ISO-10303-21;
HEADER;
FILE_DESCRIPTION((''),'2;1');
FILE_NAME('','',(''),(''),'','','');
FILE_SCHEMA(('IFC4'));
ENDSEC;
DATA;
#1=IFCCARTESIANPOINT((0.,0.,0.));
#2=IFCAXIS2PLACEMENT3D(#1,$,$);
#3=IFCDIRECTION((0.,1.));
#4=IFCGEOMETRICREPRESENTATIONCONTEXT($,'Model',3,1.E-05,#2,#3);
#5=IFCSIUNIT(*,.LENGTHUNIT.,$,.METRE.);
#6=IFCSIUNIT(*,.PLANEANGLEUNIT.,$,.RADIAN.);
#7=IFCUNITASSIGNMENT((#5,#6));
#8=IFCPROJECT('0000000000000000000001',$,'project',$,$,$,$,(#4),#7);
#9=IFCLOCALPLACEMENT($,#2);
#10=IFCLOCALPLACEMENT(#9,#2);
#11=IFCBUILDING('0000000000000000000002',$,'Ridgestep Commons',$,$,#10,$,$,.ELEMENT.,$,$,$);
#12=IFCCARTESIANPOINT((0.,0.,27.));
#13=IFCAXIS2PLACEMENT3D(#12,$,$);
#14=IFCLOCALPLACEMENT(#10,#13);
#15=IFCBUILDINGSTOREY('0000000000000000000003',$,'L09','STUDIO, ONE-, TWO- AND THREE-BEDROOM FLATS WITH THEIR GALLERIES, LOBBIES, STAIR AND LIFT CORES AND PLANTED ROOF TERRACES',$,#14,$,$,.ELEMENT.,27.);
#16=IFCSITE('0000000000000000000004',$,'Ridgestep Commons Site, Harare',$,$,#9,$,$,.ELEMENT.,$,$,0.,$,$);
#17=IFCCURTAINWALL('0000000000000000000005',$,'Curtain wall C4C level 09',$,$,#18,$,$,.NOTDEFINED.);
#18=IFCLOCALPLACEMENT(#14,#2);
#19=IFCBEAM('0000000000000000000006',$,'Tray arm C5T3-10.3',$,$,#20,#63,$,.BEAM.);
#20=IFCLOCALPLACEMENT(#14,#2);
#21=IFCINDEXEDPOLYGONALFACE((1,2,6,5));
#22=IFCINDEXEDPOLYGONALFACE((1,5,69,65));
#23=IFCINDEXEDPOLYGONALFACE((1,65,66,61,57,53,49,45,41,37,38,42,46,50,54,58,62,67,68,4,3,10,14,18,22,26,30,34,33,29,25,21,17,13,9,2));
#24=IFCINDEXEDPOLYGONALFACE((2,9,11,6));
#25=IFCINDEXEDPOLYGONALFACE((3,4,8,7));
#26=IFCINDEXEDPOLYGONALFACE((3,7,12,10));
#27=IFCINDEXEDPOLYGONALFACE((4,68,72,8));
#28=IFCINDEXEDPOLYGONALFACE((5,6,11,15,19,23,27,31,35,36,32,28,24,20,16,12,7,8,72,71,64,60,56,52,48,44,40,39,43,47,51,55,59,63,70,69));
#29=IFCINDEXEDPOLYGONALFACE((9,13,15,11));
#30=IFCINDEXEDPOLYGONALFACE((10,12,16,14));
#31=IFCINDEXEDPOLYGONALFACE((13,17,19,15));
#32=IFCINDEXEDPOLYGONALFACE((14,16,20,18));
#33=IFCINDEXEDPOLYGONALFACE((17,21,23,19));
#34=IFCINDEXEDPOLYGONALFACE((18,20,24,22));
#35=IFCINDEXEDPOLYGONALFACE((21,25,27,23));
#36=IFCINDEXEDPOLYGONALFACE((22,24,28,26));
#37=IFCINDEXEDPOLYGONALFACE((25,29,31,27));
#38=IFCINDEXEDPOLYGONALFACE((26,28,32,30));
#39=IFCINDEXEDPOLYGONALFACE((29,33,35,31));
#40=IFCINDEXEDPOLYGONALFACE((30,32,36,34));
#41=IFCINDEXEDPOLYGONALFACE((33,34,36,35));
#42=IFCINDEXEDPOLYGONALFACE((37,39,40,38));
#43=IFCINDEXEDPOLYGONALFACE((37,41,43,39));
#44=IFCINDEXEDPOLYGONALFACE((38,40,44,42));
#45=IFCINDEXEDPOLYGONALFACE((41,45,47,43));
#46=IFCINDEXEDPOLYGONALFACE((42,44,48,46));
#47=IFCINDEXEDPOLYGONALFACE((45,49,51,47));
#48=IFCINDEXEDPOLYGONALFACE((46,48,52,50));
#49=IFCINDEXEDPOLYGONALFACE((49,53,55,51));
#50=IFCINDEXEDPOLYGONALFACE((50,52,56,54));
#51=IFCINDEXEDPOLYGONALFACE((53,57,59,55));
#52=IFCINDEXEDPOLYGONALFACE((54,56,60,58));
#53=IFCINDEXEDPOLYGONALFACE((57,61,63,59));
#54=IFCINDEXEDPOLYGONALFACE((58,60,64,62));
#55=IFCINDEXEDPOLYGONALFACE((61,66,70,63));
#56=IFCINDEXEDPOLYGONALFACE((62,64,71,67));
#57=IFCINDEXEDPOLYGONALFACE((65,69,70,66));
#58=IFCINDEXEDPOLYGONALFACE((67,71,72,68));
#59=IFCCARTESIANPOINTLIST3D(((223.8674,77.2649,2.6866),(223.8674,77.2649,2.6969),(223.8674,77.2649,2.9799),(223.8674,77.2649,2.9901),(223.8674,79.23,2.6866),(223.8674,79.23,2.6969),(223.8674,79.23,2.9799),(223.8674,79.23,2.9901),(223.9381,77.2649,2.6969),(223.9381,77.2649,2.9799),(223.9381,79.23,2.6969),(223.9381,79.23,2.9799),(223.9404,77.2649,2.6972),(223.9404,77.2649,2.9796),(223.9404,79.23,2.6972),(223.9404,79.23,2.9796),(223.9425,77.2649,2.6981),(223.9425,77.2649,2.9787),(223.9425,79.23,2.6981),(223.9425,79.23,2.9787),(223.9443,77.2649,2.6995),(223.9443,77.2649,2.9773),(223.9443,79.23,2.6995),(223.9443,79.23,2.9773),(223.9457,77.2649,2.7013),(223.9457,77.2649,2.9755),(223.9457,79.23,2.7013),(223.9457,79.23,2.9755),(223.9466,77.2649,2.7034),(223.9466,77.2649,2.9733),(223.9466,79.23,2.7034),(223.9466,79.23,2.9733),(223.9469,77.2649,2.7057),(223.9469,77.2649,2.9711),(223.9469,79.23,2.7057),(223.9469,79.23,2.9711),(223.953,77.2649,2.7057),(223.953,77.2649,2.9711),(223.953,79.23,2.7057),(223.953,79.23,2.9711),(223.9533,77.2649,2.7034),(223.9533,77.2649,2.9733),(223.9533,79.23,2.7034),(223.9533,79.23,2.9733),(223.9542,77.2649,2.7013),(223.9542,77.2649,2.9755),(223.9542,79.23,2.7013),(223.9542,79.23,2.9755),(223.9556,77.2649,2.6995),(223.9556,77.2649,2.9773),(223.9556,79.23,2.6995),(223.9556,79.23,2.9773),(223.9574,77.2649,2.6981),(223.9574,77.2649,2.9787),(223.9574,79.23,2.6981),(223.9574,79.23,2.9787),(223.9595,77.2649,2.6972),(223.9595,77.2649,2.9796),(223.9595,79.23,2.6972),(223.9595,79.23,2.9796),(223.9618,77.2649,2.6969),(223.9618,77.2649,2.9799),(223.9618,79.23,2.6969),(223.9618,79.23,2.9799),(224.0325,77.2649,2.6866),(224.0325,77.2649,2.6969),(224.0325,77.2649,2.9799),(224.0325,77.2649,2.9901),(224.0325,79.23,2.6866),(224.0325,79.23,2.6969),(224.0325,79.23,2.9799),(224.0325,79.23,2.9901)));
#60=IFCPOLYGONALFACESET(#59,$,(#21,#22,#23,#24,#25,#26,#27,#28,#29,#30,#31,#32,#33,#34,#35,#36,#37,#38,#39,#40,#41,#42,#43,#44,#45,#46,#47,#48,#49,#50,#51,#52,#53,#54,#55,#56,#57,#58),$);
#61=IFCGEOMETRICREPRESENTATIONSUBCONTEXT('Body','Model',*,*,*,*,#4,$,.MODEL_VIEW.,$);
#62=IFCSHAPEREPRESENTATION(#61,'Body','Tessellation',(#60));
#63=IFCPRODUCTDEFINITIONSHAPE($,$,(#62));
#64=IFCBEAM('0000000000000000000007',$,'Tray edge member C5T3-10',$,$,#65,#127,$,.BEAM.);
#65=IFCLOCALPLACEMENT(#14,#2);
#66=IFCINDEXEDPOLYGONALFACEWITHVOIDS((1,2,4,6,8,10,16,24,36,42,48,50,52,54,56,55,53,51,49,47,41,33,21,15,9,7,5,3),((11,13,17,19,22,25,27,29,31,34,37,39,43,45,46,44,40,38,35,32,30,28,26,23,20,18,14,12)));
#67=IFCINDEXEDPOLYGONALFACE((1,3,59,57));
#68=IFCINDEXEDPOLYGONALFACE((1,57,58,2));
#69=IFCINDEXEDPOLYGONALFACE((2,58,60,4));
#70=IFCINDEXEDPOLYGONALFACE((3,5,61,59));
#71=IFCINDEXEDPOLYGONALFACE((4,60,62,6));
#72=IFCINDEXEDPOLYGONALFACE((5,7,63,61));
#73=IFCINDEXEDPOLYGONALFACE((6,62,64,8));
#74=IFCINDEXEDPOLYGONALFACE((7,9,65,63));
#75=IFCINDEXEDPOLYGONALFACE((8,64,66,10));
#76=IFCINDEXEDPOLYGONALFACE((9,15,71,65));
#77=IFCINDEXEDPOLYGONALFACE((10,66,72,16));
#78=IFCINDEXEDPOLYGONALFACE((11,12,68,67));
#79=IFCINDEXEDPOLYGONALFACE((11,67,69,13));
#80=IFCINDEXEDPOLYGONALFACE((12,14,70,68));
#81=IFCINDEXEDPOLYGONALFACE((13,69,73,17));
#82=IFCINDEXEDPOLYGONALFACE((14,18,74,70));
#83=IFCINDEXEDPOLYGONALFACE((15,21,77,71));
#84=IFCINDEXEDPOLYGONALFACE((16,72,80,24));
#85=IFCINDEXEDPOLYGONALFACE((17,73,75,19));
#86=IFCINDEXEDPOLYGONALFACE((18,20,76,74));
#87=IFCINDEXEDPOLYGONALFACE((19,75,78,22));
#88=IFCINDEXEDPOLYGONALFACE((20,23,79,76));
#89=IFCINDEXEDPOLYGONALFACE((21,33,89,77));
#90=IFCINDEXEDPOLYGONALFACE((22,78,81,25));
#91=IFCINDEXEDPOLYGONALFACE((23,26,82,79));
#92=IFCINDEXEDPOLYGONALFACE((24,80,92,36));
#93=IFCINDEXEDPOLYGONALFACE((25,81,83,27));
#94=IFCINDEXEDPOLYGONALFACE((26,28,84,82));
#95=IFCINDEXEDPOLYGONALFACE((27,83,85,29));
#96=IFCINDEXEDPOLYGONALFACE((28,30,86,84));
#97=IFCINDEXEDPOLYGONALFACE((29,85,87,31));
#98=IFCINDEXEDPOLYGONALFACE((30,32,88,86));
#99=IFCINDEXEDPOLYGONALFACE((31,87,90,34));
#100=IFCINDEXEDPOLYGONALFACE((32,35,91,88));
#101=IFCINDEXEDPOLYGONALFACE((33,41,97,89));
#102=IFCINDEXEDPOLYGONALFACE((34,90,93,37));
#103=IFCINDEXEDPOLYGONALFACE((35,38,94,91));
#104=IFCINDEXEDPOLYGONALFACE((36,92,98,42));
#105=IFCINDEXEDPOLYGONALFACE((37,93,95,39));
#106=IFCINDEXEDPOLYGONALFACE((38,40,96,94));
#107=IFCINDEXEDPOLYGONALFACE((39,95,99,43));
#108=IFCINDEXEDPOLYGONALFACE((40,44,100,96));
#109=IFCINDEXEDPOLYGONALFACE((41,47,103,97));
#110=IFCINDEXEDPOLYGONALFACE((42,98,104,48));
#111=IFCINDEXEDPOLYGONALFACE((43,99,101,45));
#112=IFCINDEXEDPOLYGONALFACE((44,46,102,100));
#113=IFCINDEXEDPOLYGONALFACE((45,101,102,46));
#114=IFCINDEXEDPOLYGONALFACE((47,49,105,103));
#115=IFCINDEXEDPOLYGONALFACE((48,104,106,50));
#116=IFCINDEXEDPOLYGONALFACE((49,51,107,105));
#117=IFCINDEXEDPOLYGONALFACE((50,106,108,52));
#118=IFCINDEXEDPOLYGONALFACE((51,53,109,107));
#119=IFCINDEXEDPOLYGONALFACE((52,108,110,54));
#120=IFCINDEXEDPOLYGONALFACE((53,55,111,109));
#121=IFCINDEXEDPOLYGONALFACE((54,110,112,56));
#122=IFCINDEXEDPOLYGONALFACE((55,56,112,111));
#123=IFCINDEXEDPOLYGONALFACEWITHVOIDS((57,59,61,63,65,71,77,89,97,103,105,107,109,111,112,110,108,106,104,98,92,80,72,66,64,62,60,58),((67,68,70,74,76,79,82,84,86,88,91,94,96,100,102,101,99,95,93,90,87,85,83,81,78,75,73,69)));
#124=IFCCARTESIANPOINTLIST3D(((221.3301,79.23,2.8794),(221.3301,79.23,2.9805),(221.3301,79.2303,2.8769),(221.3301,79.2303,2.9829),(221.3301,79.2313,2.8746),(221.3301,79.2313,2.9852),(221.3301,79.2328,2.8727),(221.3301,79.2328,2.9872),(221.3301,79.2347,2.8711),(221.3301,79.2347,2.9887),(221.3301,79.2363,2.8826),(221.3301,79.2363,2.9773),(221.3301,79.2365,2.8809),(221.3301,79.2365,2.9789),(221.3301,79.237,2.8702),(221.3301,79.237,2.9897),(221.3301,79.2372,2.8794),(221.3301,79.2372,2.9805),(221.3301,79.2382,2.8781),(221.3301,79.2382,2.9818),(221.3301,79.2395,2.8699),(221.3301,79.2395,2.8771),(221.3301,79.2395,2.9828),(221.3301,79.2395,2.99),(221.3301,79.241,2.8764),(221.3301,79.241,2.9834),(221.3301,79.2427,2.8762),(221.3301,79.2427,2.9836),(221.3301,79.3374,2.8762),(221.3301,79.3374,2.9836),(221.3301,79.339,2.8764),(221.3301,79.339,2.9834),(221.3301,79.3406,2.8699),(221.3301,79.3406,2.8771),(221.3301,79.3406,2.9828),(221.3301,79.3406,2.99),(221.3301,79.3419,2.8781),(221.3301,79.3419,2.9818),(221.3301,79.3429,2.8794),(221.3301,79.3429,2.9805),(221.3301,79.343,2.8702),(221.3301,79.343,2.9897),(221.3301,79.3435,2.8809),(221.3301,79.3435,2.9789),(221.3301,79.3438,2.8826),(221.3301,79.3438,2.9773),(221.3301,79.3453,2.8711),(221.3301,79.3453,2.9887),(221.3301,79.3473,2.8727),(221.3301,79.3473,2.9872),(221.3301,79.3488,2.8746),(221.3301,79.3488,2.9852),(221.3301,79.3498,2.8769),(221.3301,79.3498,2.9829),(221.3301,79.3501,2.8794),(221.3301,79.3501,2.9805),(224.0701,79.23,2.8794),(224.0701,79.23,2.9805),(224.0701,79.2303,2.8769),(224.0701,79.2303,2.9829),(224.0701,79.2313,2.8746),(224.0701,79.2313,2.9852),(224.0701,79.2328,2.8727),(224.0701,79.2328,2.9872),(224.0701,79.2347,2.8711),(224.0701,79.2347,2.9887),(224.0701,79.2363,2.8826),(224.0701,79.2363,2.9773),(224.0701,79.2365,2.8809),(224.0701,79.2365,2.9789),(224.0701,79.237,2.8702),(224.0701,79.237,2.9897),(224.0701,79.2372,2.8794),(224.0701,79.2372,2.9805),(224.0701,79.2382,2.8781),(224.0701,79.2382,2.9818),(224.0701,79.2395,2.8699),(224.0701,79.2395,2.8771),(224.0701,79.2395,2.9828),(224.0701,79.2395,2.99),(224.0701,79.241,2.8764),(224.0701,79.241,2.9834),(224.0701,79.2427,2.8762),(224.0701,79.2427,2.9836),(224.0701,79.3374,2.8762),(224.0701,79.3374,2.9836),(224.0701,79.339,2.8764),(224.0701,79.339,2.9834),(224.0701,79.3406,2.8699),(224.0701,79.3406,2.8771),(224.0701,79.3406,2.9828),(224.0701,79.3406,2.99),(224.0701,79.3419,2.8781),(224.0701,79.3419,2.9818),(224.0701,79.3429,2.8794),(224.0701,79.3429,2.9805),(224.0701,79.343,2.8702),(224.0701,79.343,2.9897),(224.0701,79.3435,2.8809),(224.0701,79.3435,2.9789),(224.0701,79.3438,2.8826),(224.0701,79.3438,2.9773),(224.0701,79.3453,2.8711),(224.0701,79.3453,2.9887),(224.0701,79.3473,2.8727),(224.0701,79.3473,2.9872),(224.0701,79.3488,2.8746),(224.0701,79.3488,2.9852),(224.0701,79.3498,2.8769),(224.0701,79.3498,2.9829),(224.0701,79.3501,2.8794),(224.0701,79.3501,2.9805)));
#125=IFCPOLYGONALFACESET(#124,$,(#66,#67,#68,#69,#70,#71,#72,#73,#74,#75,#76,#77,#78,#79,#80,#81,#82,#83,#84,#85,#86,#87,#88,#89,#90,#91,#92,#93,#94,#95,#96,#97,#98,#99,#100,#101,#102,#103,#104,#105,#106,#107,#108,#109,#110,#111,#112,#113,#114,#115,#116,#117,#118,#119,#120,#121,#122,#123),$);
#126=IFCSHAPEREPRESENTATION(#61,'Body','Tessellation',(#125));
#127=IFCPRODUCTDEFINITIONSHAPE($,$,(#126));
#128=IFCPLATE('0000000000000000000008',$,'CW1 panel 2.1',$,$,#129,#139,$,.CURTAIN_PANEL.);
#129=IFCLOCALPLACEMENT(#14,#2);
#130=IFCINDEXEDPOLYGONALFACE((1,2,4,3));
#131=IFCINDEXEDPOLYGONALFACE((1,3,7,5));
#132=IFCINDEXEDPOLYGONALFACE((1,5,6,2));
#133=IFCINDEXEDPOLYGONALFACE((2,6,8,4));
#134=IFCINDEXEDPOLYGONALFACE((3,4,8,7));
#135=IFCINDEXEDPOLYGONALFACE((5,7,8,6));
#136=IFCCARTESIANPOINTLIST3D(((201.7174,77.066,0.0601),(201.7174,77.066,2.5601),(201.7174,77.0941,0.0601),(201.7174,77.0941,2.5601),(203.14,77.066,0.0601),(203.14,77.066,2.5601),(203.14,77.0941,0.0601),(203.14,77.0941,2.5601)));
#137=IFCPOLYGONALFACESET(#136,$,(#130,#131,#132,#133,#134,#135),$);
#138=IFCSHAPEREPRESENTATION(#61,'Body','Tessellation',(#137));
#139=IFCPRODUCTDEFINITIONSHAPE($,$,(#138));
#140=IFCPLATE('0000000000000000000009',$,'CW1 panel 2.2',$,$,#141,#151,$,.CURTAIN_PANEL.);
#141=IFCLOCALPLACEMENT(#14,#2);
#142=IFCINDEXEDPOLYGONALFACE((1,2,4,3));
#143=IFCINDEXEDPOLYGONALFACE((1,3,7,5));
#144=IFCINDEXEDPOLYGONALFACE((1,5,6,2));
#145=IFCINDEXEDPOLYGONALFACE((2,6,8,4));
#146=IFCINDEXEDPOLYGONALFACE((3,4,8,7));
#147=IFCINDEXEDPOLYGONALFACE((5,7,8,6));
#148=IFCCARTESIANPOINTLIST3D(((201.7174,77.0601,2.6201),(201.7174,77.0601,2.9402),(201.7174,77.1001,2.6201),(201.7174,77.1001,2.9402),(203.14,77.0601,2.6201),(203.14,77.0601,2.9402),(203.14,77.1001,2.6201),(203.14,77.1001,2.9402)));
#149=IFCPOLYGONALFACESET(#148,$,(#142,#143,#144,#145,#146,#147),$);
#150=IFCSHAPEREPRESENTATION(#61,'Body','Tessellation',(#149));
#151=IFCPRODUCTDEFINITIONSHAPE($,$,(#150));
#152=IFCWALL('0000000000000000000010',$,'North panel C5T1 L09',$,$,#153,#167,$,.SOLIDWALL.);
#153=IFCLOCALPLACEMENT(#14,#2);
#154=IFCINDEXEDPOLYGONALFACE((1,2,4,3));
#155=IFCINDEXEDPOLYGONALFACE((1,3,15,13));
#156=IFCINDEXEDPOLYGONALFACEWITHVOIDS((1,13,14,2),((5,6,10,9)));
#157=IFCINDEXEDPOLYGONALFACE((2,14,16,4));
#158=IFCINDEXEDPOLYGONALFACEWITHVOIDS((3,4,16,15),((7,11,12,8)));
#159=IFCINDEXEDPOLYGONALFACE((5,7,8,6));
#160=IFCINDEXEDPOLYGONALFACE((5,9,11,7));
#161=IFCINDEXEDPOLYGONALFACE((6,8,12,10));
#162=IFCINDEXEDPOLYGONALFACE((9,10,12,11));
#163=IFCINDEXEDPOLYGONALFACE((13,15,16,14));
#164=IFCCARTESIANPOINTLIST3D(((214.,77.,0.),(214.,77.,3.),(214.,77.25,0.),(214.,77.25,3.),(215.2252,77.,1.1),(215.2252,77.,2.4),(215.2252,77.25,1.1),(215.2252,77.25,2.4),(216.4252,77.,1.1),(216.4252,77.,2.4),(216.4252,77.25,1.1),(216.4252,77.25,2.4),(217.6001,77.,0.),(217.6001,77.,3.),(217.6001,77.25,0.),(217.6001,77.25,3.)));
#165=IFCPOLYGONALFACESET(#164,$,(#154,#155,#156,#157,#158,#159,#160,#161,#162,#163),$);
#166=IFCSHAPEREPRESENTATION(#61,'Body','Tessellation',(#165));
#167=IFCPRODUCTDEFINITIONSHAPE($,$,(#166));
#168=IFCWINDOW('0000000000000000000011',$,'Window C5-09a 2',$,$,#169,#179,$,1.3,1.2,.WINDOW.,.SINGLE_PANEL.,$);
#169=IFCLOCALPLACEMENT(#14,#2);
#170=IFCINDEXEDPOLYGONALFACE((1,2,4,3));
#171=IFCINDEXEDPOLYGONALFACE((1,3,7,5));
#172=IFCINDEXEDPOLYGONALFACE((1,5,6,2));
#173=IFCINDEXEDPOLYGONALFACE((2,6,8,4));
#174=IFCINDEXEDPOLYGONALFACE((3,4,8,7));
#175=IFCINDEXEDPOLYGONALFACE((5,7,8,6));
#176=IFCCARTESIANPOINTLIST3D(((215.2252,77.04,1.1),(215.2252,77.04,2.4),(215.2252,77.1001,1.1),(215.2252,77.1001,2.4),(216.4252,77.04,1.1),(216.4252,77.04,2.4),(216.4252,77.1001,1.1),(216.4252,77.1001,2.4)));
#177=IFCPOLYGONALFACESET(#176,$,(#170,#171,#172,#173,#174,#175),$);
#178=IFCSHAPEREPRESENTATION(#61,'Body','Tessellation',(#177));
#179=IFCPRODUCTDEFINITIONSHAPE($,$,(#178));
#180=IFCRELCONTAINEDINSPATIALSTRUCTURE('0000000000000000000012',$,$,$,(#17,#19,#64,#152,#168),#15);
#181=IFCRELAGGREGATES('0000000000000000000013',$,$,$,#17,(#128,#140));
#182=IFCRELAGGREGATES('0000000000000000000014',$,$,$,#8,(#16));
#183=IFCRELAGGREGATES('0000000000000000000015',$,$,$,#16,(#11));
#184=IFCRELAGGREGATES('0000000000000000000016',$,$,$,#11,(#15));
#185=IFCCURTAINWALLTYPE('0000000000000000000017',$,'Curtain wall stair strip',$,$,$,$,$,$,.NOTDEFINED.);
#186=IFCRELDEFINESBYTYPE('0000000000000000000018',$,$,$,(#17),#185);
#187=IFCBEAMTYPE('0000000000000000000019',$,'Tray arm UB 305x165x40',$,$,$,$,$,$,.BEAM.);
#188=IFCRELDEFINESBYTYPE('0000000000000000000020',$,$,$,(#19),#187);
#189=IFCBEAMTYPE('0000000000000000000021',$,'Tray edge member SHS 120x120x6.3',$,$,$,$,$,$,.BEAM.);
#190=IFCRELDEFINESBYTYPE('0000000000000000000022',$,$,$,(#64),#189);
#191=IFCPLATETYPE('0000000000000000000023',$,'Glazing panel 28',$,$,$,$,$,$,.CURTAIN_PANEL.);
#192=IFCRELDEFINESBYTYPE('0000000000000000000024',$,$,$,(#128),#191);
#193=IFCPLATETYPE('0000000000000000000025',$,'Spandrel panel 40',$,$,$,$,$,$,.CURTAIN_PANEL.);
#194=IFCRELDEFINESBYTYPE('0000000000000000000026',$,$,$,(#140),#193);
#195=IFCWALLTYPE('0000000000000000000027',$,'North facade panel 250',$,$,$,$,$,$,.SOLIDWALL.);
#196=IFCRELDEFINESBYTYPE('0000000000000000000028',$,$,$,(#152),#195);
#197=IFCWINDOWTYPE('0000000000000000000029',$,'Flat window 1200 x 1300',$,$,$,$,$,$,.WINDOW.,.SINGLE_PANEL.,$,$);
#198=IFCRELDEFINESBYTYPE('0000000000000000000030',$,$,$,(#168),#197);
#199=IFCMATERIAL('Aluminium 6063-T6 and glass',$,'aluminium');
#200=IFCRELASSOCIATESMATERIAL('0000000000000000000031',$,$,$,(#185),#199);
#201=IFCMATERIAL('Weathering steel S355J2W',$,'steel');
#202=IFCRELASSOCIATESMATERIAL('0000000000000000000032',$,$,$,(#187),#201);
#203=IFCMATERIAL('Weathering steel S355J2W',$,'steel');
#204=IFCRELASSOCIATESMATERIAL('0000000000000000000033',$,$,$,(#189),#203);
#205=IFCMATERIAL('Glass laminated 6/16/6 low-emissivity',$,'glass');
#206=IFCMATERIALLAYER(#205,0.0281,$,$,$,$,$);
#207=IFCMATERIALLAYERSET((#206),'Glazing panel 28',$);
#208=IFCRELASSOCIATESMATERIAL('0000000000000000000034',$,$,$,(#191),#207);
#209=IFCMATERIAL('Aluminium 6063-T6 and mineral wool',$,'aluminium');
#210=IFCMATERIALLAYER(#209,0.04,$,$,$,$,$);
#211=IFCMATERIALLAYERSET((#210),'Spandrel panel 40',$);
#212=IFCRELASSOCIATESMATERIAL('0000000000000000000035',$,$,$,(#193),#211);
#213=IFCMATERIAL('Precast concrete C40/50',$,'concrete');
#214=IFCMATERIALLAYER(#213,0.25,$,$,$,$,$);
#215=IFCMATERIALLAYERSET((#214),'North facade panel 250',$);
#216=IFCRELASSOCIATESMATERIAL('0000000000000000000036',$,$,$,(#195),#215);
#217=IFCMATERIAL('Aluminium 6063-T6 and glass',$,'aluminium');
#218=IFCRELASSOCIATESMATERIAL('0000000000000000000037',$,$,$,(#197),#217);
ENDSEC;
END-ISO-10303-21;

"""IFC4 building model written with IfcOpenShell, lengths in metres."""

from ifc_helpers import new_model, si_unit, direction, frame, frame_2d, origin, origin_2d, place, context, subcontext, project, spatial, rectangle, hollow_rectangle, i_section, extrude, material, layer, layer_set, material_profile, profile_set, type_object, element, fill, aggregate, save


model = new_model("IFC4")

# Units and contexts
model_context = context("Model", 3, precision=1e-05, world=origin(), true_north=direction((0.0, 1.0)))
body_context = subcontext(model_context, "Body", "Model", "MODEL_VIEW")
ifc_project = project(units=[si_unit("LENGTHUNIT", "METRE"), si_unit("PLANEANGLEUNIT", "RADIAN")], contexts=[model_context])

# Site, building, storey
site_placement = place(None, origin())
site = spatial("IfcSite", under=ifc_project, at=site_placement, Name="Ridgestep Commons Site, Harare", CompositionType="ELEMENT", RefElevation=0.0)
building_placement = place(site_placement, origin())
building = spatial("IfcBuilding", under=site, at=building_placement, Name="Ridgestep Commons", CompositionType="ELEMENT")
storey_placement = place(building_placement, frame((0.0, 0.0, 27.0)))
storey = spatial("IfcBuildingStorey", under=building, at=storey_placement, Name="L09", Description="STUDIO, ONE-, TWO- AND THREE-BEDROOM FLATS WITH THEIR GALLERIES, LOBBIES, STAIR AND LIFT CORES AND PLANTED ROOF TERRACES", CompositionType="ELEMENT", Elevation=27.0)

# Curtain wall
ifc_material_1 = material(Name="Aluminium 6063-T6 and glass", Category="aluminium")
curtain_wall_type = type_object("IfcCurtainWallType", Name="Curtain wall stair strip", PredefinedType="NOTDEFINED", material=ifc_material_1)
curtain_wall_1_placement = place(storey_placement, origin())
curtain_wall_1 = element("IfcCurtainWall", 1, at=curtain_wall_1_placement, inside=storey, type_object=curtain_wall_type, Name="Curtain wall C4C level 09", PredefinedType="NOTDEFINED")

# Beams
ifc_material_2 = material(Name="Weathering steel S355J2W", Category="steel")
ifc_material_profile_1 = material_profile(ifc_material_2, i_section(OverallWidth=0.165, OverallDepth=0.3035, WebThickness=0.0061, FlangeThickness=0.0103, FilletRadius=0.0088, at=origin_2d()), Name="UB 305x165x40")
ifc_profile_set_1 = profile_set([ifc_material_profile_1], Name="Weathering steel S355J2W")
beam_type_1 = type_object("IfcBeamType", Name="Tray arm UB 305x165x40", PredefinedType="BEAM", material=ifc_profile_set_1)
for number, where, z_axis, x_axis, name in (
    (2, (223.95, 77.2649, 2.8384), (0.0, 1.0, 0.0), (-1.0, 0.0, 0.0), "Tray arm C5T3-10.3"),
):
    element("IfcBeam", number, at=place(storey_placement, frame(where, z_axis=z_axis, x_axis=x_axis)), inside=storey, type_object=beam_type_1, Name=name, PredefinedType="BEAM", context=body_context, shape_type="SweptSolid", body=[
        extrude(i_section(OverallWidth=0.165, OverallDepth=0.3035, WebThickness=0.0061, FlangeThickness=0.0103, FilletRadius=0.0088, at=origin_2d()), origin(), (0.0, 0.0, 1.0), 1.9651),
    ])
ifc_material_3 = material(Name="Weathering steel S355J2W", Category="steel")
ifc_material_profile_2 = material_profile(ifc_material_3, hollow_rectangle(XDim=0.1201, YDim=0.1201, WallThickness=0.0063, InnerFilletRadius=0.0063, OuterFilletRadius=0.0095, at=origin_2d()), Name="SHS 120x120x6.3")
ifc_profile_set_2 = profile_set([ifc_material_profile_2], Name="Weathering steel S355J2W")
beam_type_2 = type_object("IfcBeamType", Name="Tray edge member SHS 120x120x6.3", PredefinedType="BEAM", material=ifc_profile_set_2)
beam_placement = place(storey_placement, frame((221.3301, 79.29, 2.9299), z_axis=(1.0, 0.0, 0.0), x_axis=(0.0, 0.0, 1.0)))
element("IfcBeam", 3, at=beam_placement, inside=storey, type_object=beam_type_2, Name="Tray edge member C5T3-10", PredefinedType="BEAM", context=body_context, shape_type="SweptSolid", body=[
    extrude(hollow_rectangle(XDim=0.1201, YDim=0.1201, WallThickness=0.0063, InnerFilletRadius=0.0063, OuterFilletRadius=0.0095, at=origin_2d()), origin(), (0.0, 0.0, 1.0), 2.74),
])

# Plates
ifc_material_4 = material(Name="Glass laminated 6/16/6 low-emissivity", Category="glass")
ifc_layer_1 = layer(ifc_material_4, 0.0281)
ifc_layer_set_1 = layer_set([ifc_layer_1], Name="Glazing panel 28")
plate_type_1 = type_object("IfcPlateType", Name="Glazing panel 28", PredefinedType="CURTAIN_PANEL", material=ifc_layer_set_1)
plate_1_placement = place(storey_placement, frame((202.4287, 77.0801, 0.0601), z_axis=(0.0, 0.0, 1.0), x_axis=(1.0, 0.0, 0.0)))
plate_1 = element("IfcPlate", 4, at=plate_1_placement, type_object=plate_type_1, Name="CW1 panel 2.1", PredefinedType="CURTAIN_PANEL", context=body_context, shape_type="SweptSolid", body=[
    extrude(rectangle(XDim=1.4226, YDim=0.0281, at=origin_2d()), origin(), (0.0, 0.0, 1.0), 2.5),
])
ifc_material_5 = material(Name="Aluminium 6063-T6 and mineral wool", Category="aluminium")
ifc_layer_2 = layer(ifc_material_5, 0.04)
ifc_layer_set_2 = layer_set([ifc_layer_2], Name="Spandrel panel 40")
plate_type_2 = type_object("IfcPlateType", Name="Spandrel panel 40", PredefinedType="CURTAIN_PANEL", material=ifc_layer_set_2)
plate_2_placement = place(storey_placement, frame((202.4287, 77.0801, 2.6201), z_axis=(0.0, 0.0, 1.0), x_axis=(1.0, 0.0, 0.0)))
plate_2 = element("IfcPlate", 5, at=plate_2_placement, type_object=plate_type_2, Name="CW1 panel 2.2", PredefinedType="CURTAIN_PANEL", context=body_context, shape_type="SweptSolid", body=[
    extrude(rectangle(XDim=1.4226, YDim=0.04, at=origin_2d()), origin(), (0.0, 0.0, 1.0), 0.3201),
])
aggregate(curtain_wall_1, [plate_1, plate_2])

# Wall, opening, window
ifc_material_6 = material(Name="Precast concrete C40/50", Category="concrete")
ifc_layer_3 = layer(ifc_material_6, 0.25)
ifc_layer_set_3 = layer_set([ifc_layer_3], Name="North facade panel 250")
wall_type_1 = type_object("IfcWallType", Name="North facade panel 250", PredefinedType="SOLIDWALL", material=ifc_layer_set_3)
wall_1_placement = place(storey_placement, frame((214.0, 77.125, 0.0), z_axis=(0.0, 0.0, 1.0), x_axis=(1.0, 0.0, 0.0)))
wall_1 = element("IfcWall", 6, at=wall_1_placement, inside=storey, type_object=wall_type_1, Name="North panel C5T1 L09", PredefinedType="SOLIDWALL", context=body_context, shape_type="SweptSolid", body=[
    extrude(rectangle(XDim=3.6001, YDim=0.25, at=frame_2d((1.8, 0.0))), origin(), (0.0, 0.0, 1.0), 3.0),
])
opening_1_placement = place(wall_1_placement, frame((1.2251, 0.0, 1.1001)))
opening_1 = element("IfcOpeningElement", 7, at=opening_1_placement, cuts=wall_1, PredefinedType="OPENING", context=body_context, shape_type="SweptSolid", body=[
    extrude(rectangle(XDim=1.2, YDim=1.3, at=frame_2d((0.6001, 0.6499))), frame((0.0, 0.135, 0.0), z_axis=(0.0, -1.0, 0.0), x_axis=(1.0, 0.0, 0.0)), (0.0, 0.0, 1.0), 0.27),
])
ifc_material_7 = material(Name="Aluminium 6063-T6 and glass", Category="aluminium")
window_type_1 = type_object("IfcWindowType", Name="Flat window 1200 x 1300", PartitioningType="SINGLE_PANEL", PredefinedType="WINDOW", material=ifc_material_7)
window_1_placement = place(opening_1_placement, origin())
window_1 = element("IfcWindow", 8, at=window_1_placement, inside=storey, type_object=window_type_1, Name="Window C5-09a 2", OverallHeight=1.3, OverallWidth=1.2, PartitioningType="SINGLE_PANEL", PredefinedType="WINDOW", context=body_context, shape_type="SweptSolid", body=[
    extrude(rectangle(XDim=1.2, YDim=1.3, at=frame_2d((0.6001, 0.6499))), frame((0.0, -0.0249, 0.0), z_axis=(0.0, -1.0, 0.0), x_axis=(1.0, 0.0, 0.0)), (0.0, 0.0, 1.0), 0.0601),
])
fill(opening_1, window_1)

save(model, "model.ifc")
